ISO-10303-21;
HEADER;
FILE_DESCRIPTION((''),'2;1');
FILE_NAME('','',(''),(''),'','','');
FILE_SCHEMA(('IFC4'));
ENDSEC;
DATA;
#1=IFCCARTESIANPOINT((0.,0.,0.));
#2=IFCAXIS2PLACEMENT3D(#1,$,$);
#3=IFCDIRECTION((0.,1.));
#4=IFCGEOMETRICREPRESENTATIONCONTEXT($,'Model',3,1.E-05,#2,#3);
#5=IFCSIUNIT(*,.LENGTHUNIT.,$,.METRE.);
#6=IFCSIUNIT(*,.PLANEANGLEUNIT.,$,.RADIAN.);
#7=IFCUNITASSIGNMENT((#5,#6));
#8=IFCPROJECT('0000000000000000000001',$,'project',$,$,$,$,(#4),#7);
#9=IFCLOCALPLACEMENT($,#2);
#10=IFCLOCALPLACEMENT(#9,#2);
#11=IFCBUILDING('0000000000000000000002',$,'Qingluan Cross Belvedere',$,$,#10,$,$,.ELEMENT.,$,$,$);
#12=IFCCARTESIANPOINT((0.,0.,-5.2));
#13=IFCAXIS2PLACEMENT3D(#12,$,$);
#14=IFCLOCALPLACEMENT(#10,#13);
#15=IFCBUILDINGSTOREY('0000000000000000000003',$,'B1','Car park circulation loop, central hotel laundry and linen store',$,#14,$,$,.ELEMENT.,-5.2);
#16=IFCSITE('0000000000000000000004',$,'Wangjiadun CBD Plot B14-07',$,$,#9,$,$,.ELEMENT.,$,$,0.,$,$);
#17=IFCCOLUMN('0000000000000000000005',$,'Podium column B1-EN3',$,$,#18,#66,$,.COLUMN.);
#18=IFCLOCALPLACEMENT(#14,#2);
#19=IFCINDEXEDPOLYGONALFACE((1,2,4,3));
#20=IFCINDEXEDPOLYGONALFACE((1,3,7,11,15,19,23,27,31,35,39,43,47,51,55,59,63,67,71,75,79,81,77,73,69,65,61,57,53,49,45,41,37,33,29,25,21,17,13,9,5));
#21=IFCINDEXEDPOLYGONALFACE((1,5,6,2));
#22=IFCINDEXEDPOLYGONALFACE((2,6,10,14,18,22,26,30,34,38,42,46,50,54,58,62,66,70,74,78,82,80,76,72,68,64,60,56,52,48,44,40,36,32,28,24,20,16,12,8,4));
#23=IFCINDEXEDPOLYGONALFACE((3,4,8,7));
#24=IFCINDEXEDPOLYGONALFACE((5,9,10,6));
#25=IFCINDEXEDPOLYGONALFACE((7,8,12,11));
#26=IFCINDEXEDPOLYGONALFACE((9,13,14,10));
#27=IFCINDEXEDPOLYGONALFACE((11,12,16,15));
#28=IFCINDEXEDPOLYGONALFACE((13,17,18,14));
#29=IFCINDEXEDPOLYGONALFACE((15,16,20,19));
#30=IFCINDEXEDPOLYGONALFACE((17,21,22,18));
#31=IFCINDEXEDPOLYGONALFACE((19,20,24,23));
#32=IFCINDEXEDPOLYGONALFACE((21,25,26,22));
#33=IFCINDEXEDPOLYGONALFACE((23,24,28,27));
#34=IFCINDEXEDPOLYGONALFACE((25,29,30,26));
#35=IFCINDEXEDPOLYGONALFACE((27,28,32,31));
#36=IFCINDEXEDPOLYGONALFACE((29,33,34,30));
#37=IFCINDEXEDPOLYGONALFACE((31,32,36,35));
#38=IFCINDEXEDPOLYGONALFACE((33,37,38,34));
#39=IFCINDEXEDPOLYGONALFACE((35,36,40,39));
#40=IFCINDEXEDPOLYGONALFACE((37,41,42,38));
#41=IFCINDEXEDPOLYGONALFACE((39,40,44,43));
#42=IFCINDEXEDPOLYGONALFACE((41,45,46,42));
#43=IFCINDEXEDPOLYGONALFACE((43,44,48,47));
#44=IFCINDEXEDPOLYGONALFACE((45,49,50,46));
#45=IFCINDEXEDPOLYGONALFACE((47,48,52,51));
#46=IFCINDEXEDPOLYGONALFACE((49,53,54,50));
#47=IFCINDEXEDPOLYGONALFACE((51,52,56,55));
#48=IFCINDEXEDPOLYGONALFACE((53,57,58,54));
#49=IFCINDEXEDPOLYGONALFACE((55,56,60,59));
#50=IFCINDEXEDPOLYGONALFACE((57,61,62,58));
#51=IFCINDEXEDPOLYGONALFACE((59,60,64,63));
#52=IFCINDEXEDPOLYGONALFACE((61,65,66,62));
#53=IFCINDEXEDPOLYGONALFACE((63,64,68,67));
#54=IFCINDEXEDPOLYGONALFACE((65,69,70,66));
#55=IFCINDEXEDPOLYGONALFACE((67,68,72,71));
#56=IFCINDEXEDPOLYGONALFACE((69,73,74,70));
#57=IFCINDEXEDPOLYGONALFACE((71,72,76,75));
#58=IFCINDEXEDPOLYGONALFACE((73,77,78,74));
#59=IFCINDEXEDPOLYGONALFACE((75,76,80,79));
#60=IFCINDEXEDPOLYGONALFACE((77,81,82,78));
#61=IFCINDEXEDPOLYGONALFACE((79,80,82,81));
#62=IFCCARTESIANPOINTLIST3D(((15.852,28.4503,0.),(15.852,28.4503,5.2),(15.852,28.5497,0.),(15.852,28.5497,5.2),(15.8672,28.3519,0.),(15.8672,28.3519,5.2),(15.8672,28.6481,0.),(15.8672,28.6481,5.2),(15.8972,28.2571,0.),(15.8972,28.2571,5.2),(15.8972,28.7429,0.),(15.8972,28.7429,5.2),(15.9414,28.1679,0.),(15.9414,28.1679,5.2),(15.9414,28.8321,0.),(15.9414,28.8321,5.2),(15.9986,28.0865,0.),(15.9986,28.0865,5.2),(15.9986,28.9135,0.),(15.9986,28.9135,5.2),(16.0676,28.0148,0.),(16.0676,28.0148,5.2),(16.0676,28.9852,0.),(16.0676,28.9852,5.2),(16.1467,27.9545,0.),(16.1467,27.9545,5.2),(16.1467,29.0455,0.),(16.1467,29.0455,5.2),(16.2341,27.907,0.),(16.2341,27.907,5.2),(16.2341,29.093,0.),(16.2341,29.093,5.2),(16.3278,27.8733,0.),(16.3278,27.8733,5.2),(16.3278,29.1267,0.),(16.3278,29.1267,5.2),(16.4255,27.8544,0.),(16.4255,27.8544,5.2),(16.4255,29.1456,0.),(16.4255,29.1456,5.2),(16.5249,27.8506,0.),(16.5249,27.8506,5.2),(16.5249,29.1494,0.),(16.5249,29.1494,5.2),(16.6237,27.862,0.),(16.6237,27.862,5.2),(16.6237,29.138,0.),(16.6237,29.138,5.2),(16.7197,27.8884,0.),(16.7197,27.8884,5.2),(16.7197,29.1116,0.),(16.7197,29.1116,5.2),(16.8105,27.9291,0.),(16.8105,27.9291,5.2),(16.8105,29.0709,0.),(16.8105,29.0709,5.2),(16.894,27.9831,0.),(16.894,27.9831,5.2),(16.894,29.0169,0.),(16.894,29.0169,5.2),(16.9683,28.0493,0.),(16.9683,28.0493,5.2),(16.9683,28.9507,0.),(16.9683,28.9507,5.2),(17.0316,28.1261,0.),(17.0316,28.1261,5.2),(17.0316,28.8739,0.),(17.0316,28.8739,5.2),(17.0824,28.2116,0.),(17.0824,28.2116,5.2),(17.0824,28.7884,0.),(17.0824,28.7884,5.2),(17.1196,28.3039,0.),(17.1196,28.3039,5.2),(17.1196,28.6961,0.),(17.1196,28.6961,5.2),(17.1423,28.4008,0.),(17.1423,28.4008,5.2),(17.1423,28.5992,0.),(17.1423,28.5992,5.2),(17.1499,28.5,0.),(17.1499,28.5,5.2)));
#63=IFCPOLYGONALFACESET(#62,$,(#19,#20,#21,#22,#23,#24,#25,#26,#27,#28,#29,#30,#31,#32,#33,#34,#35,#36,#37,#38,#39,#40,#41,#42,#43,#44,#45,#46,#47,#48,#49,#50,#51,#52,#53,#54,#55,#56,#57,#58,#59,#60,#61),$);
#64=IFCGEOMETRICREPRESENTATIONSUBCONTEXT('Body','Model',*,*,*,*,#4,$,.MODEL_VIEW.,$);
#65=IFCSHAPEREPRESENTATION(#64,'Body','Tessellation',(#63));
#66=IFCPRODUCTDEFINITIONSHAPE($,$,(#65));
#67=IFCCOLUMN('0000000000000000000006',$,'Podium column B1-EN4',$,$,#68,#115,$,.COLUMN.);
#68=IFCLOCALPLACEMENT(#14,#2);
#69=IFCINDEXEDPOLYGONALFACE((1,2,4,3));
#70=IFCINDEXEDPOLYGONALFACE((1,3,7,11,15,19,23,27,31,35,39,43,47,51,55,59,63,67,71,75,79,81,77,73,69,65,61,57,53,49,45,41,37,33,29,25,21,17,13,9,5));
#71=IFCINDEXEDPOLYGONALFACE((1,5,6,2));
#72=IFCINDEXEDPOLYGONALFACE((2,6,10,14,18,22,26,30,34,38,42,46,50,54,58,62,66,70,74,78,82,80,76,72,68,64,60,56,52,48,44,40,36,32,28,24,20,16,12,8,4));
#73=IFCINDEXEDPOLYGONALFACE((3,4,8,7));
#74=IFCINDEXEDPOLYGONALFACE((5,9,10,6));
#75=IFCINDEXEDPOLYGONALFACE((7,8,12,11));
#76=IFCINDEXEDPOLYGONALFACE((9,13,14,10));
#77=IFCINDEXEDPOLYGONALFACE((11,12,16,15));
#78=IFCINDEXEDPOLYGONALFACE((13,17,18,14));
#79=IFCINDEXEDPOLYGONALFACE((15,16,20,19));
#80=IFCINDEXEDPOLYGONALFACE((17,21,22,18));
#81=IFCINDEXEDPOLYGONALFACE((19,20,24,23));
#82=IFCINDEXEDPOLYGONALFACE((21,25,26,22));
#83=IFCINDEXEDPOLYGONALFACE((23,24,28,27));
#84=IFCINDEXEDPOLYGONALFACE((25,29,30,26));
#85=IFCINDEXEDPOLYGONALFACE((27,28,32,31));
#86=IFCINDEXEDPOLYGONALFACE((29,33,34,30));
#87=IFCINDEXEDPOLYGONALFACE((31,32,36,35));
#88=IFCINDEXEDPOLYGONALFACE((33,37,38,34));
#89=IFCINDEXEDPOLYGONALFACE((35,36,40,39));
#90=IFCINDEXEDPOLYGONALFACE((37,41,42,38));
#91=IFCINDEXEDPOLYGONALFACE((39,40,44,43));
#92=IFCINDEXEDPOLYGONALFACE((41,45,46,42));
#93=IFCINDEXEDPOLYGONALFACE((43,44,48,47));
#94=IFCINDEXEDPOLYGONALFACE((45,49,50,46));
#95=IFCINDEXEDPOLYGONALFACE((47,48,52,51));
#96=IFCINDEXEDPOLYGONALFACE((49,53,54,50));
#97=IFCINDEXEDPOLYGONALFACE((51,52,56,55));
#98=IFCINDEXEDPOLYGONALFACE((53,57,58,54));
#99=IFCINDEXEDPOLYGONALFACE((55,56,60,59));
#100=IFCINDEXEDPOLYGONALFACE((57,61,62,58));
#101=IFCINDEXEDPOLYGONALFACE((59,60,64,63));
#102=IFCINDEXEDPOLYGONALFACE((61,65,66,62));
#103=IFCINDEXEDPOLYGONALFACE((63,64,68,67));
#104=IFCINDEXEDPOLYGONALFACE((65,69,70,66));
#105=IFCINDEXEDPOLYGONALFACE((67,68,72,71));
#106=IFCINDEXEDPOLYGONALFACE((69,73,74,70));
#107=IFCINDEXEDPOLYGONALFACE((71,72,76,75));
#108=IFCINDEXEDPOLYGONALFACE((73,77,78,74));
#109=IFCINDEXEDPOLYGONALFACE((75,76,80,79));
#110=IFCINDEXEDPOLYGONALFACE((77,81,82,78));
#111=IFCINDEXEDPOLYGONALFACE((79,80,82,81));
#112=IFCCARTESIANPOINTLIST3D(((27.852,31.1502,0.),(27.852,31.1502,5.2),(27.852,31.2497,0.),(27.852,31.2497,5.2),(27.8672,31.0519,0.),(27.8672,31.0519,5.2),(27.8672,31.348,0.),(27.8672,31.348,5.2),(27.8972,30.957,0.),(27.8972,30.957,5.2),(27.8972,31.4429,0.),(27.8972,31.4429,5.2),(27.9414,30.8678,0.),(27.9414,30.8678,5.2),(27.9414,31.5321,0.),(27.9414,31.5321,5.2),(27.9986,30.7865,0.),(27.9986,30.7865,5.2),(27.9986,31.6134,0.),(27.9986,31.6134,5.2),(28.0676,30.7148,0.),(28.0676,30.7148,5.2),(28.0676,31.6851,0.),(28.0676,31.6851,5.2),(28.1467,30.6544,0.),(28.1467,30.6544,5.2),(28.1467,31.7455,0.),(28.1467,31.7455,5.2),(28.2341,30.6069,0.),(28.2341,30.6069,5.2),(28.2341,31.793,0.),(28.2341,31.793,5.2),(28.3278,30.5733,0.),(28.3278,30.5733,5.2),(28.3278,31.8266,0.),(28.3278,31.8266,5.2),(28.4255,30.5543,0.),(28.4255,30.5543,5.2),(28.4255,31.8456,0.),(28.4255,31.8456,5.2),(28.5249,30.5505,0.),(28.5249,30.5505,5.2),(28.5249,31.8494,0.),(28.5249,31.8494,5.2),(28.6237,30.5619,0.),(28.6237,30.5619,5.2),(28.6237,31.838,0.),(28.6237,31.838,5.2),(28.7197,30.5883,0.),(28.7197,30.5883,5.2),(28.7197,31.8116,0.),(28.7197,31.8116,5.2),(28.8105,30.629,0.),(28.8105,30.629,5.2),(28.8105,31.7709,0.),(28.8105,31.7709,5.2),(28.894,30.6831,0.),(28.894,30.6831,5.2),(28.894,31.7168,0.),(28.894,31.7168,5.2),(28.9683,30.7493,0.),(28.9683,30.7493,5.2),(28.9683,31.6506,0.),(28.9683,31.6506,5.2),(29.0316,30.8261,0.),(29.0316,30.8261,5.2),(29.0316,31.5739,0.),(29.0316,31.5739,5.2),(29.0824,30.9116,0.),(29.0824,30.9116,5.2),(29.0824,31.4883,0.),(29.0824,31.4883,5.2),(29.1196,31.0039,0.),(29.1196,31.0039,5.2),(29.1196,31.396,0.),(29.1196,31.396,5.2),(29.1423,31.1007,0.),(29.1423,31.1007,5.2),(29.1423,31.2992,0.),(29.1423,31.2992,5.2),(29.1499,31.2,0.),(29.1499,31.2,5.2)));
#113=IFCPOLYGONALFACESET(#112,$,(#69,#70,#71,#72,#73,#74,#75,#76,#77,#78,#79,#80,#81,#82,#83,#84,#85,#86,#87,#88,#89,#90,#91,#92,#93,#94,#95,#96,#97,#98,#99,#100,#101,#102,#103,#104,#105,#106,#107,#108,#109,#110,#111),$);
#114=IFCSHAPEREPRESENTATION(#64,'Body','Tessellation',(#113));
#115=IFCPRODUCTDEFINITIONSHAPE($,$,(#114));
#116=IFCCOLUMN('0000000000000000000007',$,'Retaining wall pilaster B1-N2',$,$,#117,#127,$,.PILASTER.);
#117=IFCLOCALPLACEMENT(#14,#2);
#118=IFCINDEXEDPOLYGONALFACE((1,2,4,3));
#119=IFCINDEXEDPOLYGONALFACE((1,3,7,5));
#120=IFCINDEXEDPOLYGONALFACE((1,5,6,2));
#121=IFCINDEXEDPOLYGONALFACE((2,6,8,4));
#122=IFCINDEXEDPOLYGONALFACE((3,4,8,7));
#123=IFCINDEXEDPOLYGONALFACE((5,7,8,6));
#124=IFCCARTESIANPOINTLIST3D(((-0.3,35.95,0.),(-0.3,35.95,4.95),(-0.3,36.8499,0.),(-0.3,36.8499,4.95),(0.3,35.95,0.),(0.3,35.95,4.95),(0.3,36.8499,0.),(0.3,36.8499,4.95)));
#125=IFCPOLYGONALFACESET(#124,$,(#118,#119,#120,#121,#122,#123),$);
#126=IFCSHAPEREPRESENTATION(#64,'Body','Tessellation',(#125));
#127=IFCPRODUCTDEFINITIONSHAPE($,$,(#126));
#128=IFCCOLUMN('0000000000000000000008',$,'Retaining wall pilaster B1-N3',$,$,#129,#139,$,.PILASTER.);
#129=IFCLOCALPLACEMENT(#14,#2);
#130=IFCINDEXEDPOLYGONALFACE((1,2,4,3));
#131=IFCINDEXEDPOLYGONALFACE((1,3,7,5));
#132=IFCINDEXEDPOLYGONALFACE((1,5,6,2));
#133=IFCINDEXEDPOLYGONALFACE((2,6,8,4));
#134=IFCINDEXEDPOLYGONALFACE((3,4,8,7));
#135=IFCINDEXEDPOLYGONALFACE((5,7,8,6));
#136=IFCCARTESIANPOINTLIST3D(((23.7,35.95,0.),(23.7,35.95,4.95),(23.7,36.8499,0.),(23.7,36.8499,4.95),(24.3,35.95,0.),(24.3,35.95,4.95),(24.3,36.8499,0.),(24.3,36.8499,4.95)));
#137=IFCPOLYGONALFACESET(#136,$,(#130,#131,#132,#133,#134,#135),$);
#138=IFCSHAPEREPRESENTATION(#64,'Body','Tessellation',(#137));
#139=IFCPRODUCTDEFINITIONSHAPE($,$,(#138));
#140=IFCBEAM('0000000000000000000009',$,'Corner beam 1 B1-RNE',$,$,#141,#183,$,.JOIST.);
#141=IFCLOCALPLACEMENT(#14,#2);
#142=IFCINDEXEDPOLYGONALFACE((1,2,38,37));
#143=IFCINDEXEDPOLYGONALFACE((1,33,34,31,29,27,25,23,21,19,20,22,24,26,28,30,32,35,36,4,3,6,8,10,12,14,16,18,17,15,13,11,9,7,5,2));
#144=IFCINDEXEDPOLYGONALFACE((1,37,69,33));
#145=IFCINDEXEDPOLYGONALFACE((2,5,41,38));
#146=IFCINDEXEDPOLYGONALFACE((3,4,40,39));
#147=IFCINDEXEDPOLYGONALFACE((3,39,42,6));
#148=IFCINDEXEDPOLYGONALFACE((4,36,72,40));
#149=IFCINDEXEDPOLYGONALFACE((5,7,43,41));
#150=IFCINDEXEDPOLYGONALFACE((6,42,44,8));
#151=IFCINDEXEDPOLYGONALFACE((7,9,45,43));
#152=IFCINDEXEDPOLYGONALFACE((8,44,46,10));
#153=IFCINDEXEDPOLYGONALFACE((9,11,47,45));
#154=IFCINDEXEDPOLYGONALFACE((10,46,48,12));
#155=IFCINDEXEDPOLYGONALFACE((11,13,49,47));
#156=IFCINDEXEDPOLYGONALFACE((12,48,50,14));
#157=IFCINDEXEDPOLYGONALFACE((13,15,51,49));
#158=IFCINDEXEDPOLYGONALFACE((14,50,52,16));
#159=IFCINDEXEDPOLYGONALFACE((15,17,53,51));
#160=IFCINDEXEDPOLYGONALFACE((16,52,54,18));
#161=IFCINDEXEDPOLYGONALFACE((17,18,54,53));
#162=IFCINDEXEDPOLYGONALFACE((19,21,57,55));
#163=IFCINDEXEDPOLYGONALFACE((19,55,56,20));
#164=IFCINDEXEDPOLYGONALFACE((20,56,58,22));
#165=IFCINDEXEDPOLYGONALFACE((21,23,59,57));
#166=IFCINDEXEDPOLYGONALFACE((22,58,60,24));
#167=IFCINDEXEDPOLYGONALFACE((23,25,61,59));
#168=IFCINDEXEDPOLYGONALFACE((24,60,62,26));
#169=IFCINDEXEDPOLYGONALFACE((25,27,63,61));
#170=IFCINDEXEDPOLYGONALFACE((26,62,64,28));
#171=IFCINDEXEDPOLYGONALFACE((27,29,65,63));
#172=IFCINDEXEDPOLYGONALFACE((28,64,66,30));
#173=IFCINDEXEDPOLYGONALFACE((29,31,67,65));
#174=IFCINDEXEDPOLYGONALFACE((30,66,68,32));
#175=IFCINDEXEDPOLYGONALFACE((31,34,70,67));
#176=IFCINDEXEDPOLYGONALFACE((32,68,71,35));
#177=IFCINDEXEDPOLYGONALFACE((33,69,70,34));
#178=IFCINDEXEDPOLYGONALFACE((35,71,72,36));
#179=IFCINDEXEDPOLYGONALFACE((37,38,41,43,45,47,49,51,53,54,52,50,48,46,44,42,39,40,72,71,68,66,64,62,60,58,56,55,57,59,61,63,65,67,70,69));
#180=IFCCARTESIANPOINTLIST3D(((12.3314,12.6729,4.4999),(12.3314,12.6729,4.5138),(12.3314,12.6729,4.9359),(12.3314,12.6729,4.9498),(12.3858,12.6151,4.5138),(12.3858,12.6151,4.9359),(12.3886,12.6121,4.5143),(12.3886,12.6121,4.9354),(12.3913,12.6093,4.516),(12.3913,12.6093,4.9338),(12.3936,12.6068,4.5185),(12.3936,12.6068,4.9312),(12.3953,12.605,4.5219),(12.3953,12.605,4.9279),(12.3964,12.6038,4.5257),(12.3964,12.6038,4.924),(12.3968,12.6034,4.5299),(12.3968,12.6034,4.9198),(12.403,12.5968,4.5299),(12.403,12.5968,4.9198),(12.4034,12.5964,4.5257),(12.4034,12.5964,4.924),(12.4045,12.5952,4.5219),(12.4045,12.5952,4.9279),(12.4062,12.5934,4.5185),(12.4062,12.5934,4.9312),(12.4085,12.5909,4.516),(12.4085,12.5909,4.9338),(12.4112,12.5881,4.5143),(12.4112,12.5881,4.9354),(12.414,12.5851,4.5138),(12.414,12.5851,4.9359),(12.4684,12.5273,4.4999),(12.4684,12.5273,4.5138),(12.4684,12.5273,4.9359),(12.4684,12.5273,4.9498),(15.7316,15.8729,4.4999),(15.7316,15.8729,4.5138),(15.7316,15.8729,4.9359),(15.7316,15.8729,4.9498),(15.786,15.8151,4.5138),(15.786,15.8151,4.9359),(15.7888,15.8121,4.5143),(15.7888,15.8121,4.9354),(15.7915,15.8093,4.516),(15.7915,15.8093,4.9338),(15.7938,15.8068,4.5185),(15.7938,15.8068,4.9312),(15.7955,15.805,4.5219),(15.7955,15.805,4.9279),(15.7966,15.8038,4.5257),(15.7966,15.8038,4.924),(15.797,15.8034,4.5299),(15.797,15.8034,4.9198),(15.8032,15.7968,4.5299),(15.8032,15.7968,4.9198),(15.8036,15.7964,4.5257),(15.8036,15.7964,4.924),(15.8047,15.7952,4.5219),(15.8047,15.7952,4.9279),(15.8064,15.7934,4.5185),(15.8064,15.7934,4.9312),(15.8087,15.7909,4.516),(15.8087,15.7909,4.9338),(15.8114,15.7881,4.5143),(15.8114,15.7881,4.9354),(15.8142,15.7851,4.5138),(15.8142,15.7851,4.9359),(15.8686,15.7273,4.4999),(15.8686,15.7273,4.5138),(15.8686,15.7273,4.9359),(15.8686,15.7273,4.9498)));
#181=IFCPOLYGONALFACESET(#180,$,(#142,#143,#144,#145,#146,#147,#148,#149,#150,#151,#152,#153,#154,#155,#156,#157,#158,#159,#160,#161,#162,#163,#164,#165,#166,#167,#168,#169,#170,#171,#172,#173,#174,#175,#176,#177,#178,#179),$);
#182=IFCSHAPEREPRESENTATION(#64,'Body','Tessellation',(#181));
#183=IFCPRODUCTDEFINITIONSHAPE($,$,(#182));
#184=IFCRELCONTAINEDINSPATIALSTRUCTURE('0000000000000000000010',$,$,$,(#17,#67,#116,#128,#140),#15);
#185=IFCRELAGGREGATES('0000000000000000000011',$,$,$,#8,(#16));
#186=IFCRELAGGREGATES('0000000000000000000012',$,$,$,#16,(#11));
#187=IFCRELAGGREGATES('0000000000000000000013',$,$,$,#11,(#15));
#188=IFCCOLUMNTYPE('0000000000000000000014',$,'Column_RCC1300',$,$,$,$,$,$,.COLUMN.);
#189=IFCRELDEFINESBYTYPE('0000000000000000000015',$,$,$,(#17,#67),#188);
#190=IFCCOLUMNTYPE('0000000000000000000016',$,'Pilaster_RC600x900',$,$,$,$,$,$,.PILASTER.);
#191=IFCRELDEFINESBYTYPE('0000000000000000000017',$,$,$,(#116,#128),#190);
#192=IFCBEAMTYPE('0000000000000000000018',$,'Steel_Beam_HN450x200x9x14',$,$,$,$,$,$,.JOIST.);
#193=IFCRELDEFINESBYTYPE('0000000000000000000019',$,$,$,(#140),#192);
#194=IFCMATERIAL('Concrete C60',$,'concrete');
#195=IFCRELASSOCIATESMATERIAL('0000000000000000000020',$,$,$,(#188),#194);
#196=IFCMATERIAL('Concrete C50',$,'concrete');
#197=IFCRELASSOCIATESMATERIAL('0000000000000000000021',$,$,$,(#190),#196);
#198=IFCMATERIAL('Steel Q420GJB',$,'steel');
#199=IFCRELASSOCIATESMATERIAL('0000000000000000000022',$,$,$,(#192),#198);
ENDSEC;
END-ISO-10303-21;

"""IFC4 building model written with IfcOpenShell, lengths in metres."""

from ifc_helpers import new_model, si_unit, direction, frame, origin, origin_2d, place, context, subcontext, project, spatial, rectangle, circle, i_section, extrude, material, material_profile, profile_set, type_object, element, save


model = new_model("IFC4")

# Units and contexts
model_context = context("Model", 3, precision=1e-05, world=origin(), true_north=direction((0.0, 1.0)))
body_context = subcontext(model_context, "Body", "Model", "MODEL_VIEW")
ifc_project = project(units=[si_unit("LENGTHUNIT", "METRE"), si_unit("PLANEANGLEUNIT", "RADIAN")], contexts=[model_context])

# Site, building, storey
site_placement = place(None, origin())
site = spatial("IfcSite", under=ifc_project, at=site_placement, Name="Wangjiadun CBD Plot B14-07", CompositionType="ELEMENT", RefElevation=0.0)
building_placement = place(site_placement, origin())
building = spatial("IfcBuilding", under=site, at=building_placement, Name="Qingluan Cross Belvedere", CompositionType="ELEMENT")
storey_placement = place(building_placement, frame((0.0, 0.0, -5.2)))
storey = spatial("IfcBuildingStorey", under=building, at=storey_placement, Name="B1", Description="Car park circulation loop, central hotel laundry and linen store", CompositionType="ELEMENT", Elevation=-5.2)

# Columns
ifc_material_1 = material(Name="Concrete C60", Category="concrete")
ifc_material_profile_1 = material_profile(ifc_material_1, circle(Radius=0.6499, at=origin_2d()), Name="RCC1300")
ifc_profile_set_1 = profile_set([ifc_material_profile_1], Name="Concrete C60")
column_type_1 = type_object("IfcColumnType", Name="Column_RCC1300", PredefinedType="COLUMN", material=ifc_profile_set_1)
for number, where, z_axis, x_axis, name in (
    (1, (16.5, 28.5, 0.0), (0.0, 0.0, 1.0), (1.0, 0.0, 0.0), "Podium column B1-EN3"),
    (2, (28.5, 31.2, 0.0), (0.0, 0.0, 1.0), (1.0, 0.0, 0.0), "Podium column B1-EN4"),
):
    element("IfcColumn", number, at=place(storey_placement, frame(where, z_axis=z_axis, x_axis=x_axis)), inside=storey, type_object=column_type_1, Name=name, PredefinedType="COLUMN", context=body_context, shape_type="SweptSolid", body=[
        extrude(circle(Radius=0.6499, at=origin_2d()), origin(), (0.0, 0.0, 1.0), 5.2),
    ])
ifc_material_2 = material(Name="Concrete C50", Category="concrete")
ifc_material_profile_2 = material_profile(ifc_material_2, rectangle(XDim=0.6001, YDim=0.8999, at=origin_2d()), Name="RC600x900")
ifc_profile_set_2 = profile_set([ifc_material_profile_2], Name="Concrete C50")
column_type_2 = type_object("IfcColumnType", Name="Pilaster_RC600x900", PredefinedType="PILASTER", material=ifc_profile_set_2)
for number, where, z_axis, x_axis, name in (
    (3, (0.0, 36.3999, 0.0), (0.0, 0.0, 1.0), (1.0, 0.0, 0.0), "Retaining wall pilaster B1-N2"),
    (4, (24.0, 36.3999, 0.0), (0.0, 0.0, 1.0), (1.0, 0.0, 0.0), "Retaining wall pilaster B1-N3"),
):
    element("IfcColumn", number, at=place(storey_placement, frame(where, z_axis=z_axis, x_axis=x_axis)), inside=storey, type_object=column_type_2, Name=name, PredefinedType="PILASTER", context=body_context, shape_type="SweptSolid", body=[
        extrude(rectangle(XDim=0.6001, YDim=0.8999, at=origin_2d()), origin(), (0.0, 0.0, 1.0), 4.95),
    ])

# Beam
ifc_material_3 = material(Name="Steel Q420GJB", Category="steel")
ifc_material_profile_3 = material_profile(ifc_material_3, i_section(OverallWidth=0.2, OverallDepth=0.45, WebThickness=0.009, FlangeThickness=0.0139, FilletRadius=0.0161, at=origin_2d()), Name="HN450x200x9x14")
ifc_profile_set_3 = profile_set([ifc_material_profile_3], Name="Steel Q420GJB")
beam_type_1 = type_object("IfcBeamType", Name="Steel_Beam_HN450x200x9x14", PredefinedType="JOIST", material=ifc_profile_set_3)
beam_1_placement = place(storey_placement, frame((12.3999, 12.6001, 4.7249), z_axis=(0.72822, 0.685343, 0.0), x_axis=(-0.685343, 0.72822, 0.0)))
element("IfcBeam", 5, at=beam_1_placement, inside=storey, type_object=beam_type_1, Name="Corner beam 1 B1-RNE", PredefinedType="JOIST", context=body_context, shape_type="SweptSolid", body=[
    extrude(i_section(OverallWidth=0.2, OverallDepth=0.45, WebThickness=0.009, FlangeThickness=0.0139, FilletRadius=0.0161, at=origin_2d()), origin(), (0.0, 0.0, 1.0), 4.6692),
])

save(model, "model.ifc")
